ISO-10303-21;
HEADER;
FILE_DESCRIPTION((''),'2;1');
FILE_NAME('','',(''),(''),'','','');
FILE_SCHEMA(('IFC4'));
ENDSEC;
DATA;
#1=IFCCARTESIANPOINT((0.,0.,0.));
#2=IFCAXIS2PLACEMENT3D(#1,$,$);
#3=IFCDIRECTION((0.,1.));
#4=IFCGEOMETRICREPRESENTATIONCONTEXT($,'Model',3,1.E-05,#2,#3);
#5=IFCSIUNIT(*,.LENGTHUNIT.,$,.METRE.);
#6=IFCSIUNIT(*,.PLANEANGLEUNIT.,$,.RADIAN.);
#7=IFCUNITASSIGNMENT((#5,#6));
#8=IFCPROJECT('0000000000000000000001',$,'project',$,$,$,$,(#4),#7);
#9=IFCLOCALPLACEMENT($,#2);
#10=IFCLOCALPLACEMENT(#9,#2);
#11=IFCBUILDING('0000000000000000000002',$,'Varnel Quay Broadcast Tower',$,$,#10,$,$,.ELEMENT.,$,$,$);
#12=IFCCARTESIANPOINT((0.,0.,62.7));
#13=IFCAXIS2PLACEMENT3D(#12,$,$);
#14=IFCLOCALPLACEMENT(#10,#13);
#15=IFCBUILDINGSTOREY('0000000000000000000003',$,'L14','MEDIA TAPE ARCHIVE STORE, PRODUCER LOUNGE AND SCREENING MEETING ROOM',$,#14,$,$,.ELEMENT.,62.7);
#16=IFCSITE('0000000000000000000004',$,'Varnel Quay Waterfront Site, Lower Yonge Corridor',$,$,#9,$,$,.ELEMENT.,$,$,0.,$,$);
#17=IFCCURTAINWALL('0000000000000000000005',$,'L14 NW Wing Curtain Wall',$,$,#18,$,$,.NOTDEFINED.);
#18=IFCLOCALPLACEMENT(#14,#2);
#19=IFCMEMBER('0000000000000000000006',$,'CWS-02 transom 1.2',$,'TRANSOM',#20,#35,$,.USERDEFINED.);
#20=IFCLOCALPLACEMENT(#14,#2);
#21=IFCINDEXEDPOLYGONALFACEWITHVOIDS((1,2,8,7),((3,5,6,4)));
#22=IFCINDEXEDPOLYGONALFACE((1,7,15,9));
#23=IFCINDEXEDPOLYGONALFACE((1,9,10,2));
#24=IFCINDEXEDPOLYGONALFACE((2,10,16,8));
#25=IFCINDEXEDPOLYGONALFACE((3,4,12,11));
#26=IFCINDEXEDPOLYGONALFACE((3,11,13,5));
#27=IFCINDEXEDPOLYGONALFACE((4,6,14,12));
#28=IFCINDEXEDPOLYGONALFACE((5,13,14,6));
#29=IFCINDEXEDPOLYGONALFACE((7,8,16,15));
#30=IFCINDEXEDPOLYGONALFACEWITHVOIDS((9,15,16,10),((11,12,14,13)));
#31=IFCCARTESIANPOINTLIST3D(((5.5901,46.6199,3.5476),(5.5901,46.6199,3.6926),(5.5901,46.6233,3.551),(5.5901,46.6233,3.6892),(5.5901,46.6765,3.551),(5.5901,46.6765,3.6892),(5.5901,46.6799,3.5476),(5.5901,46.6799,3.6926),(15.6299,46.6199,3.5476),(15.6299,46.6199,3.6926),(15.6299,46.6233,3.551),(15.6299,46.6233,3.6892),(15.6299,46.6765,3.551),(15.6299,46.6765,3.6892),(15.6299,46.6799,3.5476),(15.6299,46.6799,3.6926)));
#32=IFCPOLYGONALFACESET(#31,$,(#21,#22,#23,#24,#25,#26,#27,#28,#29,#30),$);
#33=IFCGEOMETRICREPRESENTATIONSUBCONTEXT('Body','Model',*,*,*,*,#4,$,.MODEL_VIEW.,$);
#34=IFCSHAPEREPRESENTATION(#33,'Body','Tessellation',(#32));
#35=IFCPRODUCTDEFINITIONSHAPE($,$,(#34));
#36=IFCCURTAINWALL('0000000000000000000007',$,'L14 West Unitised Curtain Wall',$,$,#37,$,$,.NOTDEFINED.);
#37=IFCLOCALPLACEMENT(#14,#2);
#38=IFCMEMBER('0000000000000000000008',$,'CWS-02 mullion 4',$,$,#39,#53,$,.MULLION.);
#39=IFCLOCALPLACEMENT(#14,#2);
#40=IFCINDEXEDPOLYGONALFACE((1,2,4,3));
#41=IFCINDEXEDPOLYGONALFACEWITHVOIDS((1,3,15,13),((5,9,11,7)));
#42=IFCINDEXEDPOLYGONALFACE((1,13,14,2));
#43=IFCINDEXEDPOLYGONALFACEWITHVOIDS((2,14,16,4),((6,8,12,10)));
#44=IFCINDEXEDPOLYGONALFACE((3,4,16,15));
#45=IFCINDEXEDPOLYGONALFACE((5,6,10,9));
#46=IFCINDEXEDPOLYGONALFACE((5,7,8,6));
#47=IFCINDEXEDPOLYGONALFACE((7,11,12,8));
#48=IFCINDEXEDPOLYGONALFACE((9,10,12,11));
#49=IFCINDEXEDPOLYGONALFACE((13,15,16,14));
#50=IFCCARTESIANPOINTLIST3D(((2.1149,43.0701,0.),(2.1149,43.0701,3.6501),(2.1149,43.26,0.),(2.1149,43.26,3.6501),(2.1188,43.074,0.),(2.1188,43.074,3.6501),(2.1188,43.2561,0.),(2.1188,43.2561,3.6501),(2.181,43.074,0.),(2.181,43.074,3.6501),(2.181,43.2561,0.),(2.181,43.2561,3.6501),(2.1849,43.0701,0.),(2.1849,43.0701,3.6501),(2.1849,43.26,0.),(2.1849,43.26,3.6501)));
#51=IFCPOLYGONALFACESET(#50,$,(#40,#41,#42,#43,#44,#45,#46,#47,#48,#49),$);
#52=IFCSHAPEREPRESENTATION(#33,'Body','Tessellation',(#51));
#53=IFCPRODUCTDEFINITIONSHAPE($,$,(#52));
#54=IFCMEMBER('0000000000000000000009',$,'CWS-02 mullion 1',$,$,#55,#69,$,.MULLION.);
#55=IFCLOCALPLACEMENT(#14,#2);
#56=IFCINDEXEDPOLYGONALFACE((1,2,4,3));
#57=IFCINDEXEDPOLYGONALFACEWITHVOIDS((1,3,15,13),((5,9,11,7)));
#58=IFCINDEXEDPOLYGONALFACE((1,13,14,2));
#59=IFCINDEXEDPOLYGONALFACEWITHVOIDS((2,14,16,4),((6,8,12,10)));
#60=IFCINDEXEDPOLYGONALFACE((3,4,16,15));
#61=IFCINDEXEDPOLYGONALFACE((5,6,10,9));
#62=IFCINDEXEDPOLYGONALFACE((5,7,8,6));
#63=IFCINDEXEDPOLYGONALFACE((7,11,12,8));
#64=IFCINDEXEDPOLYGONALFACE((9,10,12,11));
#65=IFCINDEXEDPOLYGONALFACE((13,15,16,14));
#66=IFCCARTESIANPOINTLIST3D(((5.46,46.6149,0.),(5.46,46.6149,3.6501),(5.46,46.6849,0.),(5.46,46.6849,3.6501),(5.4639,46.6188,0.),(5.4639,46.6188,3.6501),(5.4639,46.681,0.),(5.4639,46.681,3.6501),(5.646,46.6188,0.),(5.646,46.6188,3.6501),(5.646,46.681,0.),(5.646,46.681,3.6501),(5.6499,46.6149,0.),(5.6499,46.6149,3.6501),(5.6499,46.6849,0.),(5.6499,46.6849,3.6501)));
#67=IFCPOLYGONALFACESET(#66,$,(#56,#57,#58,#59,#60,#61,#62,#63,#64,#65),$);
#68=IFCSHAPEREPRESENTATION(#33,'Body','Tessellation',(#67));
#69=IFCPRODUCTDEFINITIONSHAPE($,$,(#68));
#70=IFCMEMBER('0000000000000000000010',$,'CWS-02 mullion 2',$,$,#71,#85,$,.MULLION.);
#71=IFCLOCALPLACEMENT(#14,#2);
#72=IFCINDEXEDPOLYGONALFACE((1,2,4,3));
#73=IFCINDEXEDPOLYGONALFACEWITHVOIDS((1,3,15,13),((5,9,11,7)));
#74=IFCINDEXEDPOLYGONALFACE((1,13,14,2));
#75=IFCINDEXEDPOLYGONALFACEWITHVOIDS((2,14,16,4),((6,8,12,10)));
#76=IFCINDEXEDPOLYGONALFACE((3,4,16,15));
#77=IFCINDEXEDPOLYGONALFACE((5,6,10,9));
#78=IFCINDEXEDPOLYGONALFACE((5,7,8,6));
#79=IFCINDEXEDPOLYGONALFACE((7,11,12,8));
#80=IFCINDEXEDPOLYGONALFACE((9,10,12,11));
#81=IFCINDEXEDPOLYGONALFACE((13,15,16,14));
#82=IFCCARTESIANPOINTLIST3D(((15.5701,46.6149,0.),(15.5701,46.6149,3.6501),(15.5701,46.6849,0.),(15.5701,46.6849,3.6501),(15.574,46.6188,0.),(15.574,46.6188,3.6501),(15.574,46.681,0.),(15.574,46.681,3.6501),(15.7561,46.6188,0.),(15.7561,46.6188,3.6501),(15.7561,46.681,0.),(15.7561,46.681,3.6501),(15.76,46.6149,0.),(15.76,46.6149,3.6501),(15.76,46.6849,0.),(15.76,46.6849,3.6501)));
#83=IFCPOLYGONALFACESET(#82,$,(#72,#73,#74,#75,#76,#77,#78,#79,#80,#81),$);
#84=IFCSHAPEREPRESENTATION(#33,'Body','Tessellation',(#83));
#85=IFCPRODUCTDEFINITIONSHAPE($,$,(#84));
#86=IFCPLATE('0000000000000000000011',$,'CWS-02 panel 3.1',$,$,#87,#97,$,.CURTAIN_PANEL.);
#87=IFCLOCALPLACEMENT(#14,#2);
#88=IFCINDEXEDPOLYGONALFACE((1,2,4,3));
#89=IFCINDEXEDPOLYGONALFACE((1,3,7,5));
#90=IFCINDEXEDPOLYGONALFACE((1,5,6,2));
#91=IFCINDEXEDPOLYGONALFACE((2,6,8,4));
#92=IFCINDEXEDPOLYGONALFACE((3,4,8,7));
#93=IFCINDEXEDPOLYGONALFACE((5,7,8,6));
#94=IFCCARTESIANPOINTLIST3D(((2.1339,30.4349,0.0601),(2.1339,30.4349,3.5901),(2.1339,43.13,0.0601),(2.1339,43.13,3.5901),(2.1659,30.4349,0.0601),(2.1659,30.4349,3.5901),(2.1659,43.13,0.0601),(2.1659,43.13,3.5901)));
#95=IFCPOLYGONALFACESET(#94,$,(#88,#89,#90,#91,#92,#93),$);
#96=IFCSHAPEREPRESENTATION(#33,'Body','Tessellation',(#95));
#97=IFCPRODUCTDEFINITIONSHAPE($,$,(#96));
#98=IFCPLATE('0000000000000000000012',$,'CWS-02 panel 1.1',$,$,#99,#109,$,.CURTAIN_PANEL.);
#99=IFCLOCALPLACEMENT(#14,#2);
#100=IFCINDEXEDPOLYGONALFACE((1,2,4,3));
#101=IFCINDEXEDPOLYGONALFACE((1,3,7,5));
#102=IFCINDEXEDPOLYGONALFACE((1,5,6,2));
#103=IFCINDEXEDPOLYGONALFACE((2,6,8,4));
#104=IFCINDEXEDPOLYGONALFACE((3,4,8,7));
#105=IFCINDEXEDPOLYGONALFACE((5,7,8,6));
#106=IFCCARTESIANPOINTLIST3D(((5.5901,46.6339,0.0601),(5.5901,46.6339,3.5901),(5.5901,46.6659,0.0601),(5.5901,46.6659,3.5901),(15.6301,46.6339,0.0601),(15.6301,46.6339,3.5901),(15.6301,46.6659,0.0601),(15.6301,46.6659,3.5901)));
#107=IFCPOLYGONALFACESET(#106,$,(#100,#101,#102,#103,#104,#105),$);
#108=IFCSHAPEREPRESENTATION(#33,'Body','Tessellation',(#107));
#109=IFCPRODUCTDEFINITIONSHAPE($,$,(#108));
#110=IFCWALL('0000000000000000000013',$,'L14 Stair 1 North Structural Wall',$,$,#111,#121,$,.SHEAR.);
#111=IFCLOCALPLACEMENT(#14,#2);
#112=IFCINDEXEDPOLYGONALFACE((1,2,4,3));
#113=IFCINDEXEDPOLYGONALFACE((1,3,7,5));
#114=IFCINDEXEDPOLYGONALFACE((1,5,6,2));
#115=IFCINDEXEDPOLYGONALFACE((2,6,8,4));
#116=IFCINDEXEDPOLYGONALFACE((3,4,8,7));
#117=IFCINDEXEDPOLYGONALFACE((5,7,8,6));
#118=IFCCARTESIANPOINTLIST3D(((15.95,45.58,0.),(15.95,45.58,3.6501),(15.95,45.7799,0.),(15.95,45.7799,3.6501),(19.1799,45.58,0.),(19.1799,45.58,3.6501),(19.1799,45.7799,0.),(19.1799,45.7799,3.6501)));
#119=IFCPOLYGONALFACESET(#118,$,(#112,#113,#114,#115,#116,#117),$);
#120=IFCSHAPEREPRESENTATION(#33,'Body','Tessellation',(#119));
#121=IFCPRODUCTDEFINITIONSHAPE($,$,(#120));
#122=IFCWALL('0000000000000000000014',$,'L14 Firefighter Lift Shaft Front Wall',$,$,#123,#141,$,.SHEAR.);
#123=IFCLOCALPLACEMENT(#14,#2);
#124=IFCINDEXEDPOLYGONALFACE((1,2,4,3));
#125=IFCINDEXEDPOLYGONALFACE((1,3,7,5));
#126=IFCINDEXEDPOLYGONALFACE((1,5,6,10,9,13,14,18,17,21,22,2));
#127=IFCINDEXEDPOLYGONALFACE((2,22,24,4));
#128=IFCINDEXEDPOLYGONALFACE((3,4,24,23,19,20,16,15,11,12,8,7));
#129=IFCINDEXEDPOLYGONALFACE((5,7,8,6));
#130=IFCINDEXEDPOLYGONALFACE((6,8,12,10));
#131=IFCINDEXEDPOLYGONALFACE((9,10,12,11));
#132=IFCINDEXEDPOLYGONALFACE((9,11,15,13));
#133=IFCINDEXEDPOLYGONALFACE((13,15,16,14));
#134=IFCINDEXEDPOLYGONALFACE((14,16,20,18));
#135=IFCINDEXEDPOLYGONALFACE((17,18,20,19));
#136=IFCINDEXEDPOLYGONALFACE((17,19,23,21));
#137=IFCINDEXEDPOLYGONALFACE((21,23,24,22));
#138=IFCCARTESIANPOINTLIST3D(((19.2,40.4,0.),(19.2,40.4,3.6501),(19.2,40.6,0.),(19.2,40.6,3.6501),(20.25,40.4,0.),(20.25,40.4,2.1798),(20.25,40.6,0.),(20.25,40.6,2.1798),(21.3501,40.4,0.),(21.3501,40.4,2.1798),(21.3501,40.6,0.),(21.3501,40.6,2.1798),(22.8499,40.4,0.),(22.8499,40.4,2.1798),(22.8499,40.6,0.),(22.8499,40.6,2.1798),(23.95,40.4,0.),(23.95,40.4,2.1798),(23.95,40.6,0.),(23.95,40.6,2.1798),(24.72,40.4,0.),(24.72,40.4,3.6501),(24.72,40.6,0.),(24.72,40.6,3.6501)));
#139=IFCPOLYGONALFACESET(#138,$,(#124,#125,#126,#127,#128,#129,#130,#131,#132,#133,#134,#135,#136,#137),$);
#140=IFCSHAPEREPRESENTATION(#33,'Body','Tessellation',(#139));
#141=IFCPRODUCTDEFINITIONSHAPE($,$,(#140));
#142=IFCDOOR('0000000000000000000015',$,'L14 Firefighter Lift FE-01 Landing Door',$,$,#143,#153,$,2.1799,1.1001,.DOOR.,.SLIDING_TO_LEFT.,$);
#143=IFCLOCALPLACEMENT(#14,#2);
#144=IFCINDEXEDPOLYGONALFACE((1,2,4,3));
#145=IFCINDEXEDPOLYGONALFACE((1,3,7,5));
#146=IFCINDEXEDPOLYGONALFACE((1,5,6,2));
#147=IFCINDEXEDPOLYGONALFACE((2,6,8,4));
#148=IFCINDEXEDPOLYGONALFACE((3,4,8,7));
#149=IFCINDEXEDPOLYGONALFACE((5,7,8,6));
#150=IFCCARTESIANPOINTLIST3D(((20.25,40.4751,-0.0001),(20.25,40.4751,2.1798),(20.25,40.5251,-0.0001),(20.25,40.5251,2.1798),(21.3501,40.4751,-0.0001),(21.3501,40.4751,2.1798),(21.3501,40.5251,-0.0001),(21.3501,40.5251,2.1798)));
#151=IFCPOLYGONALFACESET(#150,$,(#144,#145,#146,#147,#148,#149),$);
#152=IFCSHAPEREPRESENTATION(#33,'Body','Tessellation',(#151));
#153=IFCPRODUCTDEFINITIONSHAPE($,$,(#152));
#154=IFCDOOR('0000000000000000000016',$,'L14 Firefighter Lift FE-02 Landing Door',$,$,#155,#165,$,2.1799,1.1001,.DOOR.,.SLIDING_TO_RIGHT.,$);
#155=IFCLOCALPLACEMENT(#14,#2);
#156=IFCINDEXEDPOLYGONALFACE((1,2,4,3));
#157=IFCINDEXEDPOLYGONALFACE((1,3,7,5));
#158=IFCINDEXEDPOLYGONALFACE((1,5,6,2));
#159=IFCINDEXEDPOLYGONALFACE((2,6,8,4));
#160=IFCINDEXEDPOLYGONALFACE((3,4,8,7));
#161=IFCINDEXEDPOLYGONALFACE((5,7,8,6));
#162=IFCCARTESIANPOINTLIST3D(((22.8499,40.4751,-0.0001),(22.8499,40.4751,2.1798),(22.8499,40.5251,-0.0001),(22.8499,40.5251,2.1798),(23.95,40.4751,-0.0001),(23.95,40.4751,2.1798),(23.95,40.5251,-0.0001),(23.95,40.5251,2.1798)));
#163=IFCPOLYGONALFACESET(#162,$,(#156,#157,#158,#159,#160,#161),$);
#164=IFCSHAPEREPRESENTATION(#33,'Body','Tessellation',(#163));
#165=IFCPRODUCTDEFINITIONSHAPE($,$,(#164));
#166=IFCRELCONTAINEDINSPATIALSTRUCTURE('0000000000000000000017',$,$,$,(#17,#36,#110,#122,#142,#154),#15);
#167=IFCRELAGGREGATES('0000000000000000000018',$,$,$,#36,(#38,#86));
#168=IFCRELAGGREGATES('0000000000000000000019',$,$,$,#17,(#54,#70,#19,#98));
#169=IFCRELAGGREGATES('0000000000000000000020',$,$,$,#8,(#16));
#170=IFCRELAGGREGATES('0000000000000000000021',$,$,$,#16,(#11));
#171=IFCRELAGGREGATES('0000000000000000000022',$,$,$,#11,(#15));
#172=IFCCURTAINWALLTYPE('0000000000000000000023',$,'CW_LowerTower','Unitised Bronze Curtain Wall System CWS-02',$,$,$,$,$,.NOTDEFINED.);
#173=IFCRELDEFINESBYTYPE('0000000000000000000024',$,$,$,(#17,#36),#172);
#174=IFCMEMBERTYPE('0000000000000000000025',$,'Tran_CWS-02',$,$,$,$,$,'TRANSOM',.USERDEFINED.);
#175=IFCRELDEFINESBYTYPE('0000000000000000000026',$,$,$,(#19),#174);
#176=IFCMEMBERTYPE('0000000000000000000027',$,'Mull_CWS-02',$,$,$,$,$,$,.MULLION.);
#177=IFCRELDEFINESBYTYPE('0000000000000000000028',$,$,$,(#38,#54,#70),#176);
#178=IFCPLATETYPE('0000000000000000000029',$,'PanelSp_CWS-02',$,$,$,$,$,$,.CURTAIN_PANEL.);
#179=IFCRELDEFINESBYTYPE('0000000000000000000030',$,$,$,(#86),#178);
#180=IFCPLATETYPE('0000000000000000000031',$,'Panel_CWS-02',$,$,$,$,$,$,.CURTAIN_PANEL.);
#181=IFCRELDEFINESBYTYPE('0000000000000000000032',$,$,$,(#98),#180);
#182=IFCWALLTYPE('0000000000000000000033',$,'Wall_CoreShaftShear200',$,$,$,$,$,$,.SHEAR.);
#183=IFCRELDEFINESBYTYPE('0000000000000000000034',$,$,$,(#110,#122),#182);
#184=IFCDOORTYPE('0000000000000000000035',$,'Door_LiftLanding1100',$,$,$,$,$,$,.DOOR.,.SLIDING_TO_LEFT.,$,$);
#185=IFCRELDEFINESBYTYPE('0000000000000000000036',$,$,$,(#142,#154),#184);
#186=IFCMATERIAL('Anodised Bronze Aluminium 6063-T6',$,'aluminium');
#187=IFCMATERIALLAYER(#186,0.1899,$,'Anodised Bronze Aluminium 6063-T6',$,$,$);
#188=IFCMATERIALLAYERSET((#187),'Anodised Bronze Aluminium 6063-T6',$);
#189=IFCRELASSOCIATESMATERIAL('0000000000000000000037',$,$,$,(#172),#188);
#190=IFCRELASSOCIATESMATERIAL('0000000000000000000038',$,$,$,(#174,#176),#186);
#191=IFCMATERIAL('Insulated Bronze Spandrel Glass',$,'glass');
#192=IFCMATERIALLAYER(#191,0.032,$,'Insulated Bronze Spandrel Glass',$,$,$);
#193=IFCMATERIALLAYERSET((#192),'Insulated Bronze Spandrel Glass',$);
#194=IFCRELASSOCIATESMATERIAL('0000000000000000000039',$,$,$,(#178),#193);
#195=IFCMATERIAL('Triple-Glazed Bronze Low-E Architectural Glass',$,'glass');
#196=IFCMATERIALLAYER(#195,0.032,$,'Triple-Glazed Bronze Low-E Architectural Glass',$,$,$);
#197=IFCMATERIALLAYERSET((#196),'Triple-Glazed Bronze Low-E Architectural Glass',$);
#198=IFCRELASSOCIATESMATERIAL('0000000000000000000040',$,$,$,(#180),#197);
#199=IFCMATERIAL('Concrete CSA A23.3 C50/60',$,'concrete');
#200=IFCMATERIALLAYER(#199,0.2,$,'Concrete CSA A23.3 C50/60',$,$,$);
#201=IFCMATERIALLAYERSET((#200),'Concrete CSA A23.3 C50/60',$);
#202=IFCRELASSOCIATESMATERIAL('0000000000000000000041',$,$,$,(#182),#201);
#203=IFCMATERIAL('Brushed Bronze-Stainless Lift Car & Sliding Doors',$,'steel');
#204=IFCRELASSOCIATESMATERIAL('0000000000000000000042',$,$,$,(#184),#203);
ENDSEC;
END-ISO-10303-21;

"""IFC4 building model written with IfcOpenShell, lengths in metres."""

from ifc_helpers import new_model, si_unit, direction, frame, frame_2d, origin, origin_2d, place, context, subcontext, project, spatial, rectangle, hollow_rectangle, extrude, source, transform, mapped, material, layer, layer_set, material_profile, profile_set, type_object, type_shapes, element, fill, aggregate, save


model = new_model("IFC4")

# Units and contexts
model_context = context("Model", 3, precision=1e-05, world=origin(), true_north=direction((0.0, 1.0)))
body_context = subcontext(model_context, "Body", "Model", "MODEL_VIEW")
ifc_project = project(units=[si_unit("LENGTHUNIT", "METRE"), si_unit("PLANEANGLEUNIT", "RADIAN")], contexts=[model_context])

# Site, building, storey
site_placement = place(None, origin())
site = spatial("IfcSite", under=ifc_project, at=site_placement, Name="Varnel Quay Waterfront Site, Lower Yonge Corridor", CompositionType="ELEMENT", RefElevation=0.0)
building_placement = place(site_placement, origin())
building = spatial("IfcBuilding", under=site, at=building_placement, Name="Varnel Quay Broadcast Tower", CompositionType="ELEMENT")
storey_placement = place(building_placement, frame((0.0, 0.0, 62.7)))
storey = spatial("IfcBuildingStorey", under=building, at=storey_placement, Name="L14", Description="MEDIA TAPE ARCHIVE STORE, PRODUCER LOUNGE AND SCREENING MEETING ROOM", CompositionType="ELEMENT", Elevation=62.7)

# Curtain wall, member
ifc_material_1 = material(Name="Anodised Bronze Aluminium 6063-T6", Category="aluminium")
ifc_layer_1 = layer(ifc_material_1, 0.1899, Name="Anodised Bronze Aluminium 6063-T6")
ifc_layer_set_1 = layer_set([ifc_layer_1], Name="Anodised Bronze Aluminium 6063-T6")
curtain_wall_type = type_object("IfcCurtainWallType", Name="CW_LowerTower", Description="Unitised Bronze Curtain Wall System CWS-02", PredefinedType="NOTDEFINED", material=ifc_layer_set_1)
curtain_wall_1_placement = place(storey_placement, origin())
curtain_wall_1 = element("IfcCurtainWall", 1, at=curtain_wall_1_placement, inside=storey, type_object=curtain_wall_type, Name="L14 NW Wing Curtain Wall", PredefinedType="NOTDEFINED")
ifc_material_profile_1 = material_profile(ifc_material_1, hollow_rectangle(XDim=0.0601, YDim=0.145, WallThickness=0.0034, at=origin_2d()), Name="ALU60X145X3.5")
ifc_profile_set_1 = profile_set([ifc_material_profile_1], Name="Anodised Bronze Aluminium 6063-T6")
member_type_1 = type_object("IfcMemberType", Name="Tran_CWS-02", ElementType="TRANSOM", PredefinedType="USERDEFINED", material=ifc_profile_set_1)
shared_shape_1 = source(origin(), body_context, "Body", "SweptSolid", [
    extrude(hollow_rectangle(XDim=0.0601, YDim=0.145, WallThickness=0.0034, at=origin_2d()), origin(), (0.0, 0.0, 1.0), 10.0398),
])
type_shapes(member_type_1, [shared_shape_1])
member_1_placement = place(storey_placement, frame((5.5901, 46.6499, 3.6201), z_axis=(1.0, 0.0, 0.0), x_axis=(0.0, 1.0, 0.0)))
member_1 = element("IfcMember", 2, at=member_1_placement, type_object=member_type_1, Name="CWS-02 transom 1.2", ObjectType="TRANSOM", PredefinedType="USERDEFINED", context=body_context, shape_type="MappedRepresentation", body=[
    mapped(shared_shape_1, transform((0.0, 0.0, 0.0), x_axis=(1.0, 0.0, 0.0), y_axis=(0.0, 1.0, 0.0), z_axis=(0.0, 0.0, 1.0), scale=1.0)),
])

# Curtain wall, member
curtain_wall_2_placement = place(storey_placement, origin())
curtain_wall_2 = element("IfcCurtainWall", 3, at=curtain_wall_2_placement, inside=storey, type_object=curtain_wall_type, Name="L14 West Unitised Curtain Wall", PredefinedType="NOTDEFINED")
ifc_material_profile_2 = material_profile(ifc_material_1, hollow_rectangle(XDim=0.0701, YDim=0.1899, WallThickness=0.0039, at=origin_2d()), Name="ALU70X190X4")
ifc_profile_set_2 = profile_set([ifc_material_profile_2], Name="Anodised Bronze Aluminium 6063-T6")
member_type_2 = type_object("IfcMemberType", Name="Mull_CWS-02", PredefinedType="MULLION", material=ifc_profile_set_2)
shared_shape_2 = source(origin(), body_context, "Body", "SweptSolid", [
    extrude(hollow_rectangle(XDim=0.0701, YDim=0.1899, WallThickness=0.0039, at=origin_2d()), origin(), (0.0, 0.0, 1.0), 3.6501),
])
type_shapes(member_type_2, [shared_shape_2])
member_2_placement = place(storey_placement, frame((2.1499, 43.165, 0.0), z_axis=(0.0, 0.0, 1.0), x_axis=(-1.0, 0.0, 0.0)))
member_2 = element("IfcMember", 4, at=member_2_placement, type_object=member_type_2, Name="CWS-02 mullion 4", PredefinedType="MULLION", context=body_context, shape_type="MappedRepresentation", body=[
    mapped(shared_shape_2, transform((0.0, 0.0, 0.0), x_axis=(1.0, 0.0, 0.0), y_axis=(0.0, 1.0, 0.0), z_axis=(0.0, 0.0, 1.0), scale=1.0)),
])

# Members
member_3_placement = place(storey_placement, frame((5.5549, 46.6499, 0.0), z_axis=(0.0, 0.0, 1.0), x_axis=(0.0, 1.0, 0.0)))
member_3 = element("IfcMember", 5, at=member_3_placement, type_object=member_type_2, Name="CWS-02 mullion 1", PredefinedType="MULLION", context=body_context, shape_type="MappedRepresentation", body=[
    mapped(shared_shape_2, transform((0.0, 0.0, 0.0), x_axis=(1.0, 0.0, 0.0), y_axis=(0.0, 1.0, 0.0), z_axis=(0.0, 0.0, 1.0), scale=1.0)),
])
member_4_placement = place(storey_placement, frame((15.665, 46.6499, 0.0), z_axis=(0.0, 0.0, 1.0), x_axis=(0.0, 1.0, 0.0)))
member_4 = element("IfcMember", 6, at=member_4_placement, type_object=member_type_2, Name="CWS-02 mullion 2", PredefinedType="MULLION", context=body_context, shape_type="MappedRepresentation", body=[
    mapped(shared_shape_2, transform((0.0, 0.0, 0.0), x_axis=(1.0, 0.0, 0.0), y_axis=(0.0, 1.0, 0.0), z_axis=(0.0, 0.0, 1.0), scale=1.0)),
])

# Plates
ifc_material_2 = material(Name="Insulated Bronze Spandrel Glass", Category="glass")
ifc_layer_2 = layer(ifc_material_2, 0.032, Name="Insulated Bronze Spandrel Glass")
ifc_layer_set_2 = layer_set([ifc_layer_2], Name="Insulated Bronze Spandrel Glass")
plate_type_1 = type_object("IfcPlateType", Name="PanelSp_CWS-02", PredefinedType="CURTAIN_PANEL", material=ifc_layer_set_2)
shared_shape_3 = source(origin(), body_context, "Body", "SweptSolid", [
    extrude(rectangle(XDim=12.6951, YDim=0.032, at=origin_2d()), origin(), (0.0, 0.0, 1.0), 3.53),
])
type_shapes(plate_type_1, [shared_shape_3])
plate_1_placement = place(storey_placement, frame((2.1499, 36.7825, 0.0601), z_axis=(0.0, 0.0, 1.0), x_axis=(0.0, 1.0, 0.0)))
plate_1 = element("IfcPlate", 7, at=plate_1_placement, type_object=plate_type_1, Name="CWS-02 panel 3.1", PredefinedType="CURTAIN_PANEL", context=body_context, shape_type="MappedRepresentation", body=[
    mapped(shared_shape_3, transform((0.0, 0.0, 0.0), x_axis=(1.0, 0.0, 0.0), y_axis=(0.0, 1.0, 0.0), z_axis=(0.0, 0.0, 1.0), scale=1.0)),
])
aggregate(curtain_wall_2, [member_2, plate_1])
ifc_material_3 = material(Name="Triple-Glazed Bronze Low-E Architectural Glass", Category="glass")
ifc_layer_3 = layer(ifc_material_3, 0.032, Name="Triple-Glazed Bronze Low-E Architectural Glass")
ifc_layer_set_3 = layer_set([ifc_layer_3], Name="Triple-Glazed Bronze Low-E Architectural Glass")
plate_type_2 = type_object("IfcPlateType", Name="Panel_CWS-02", PredefinedType="CURTAIN_PANEL", material=ifc_layer_set_3)
shared_shape_4 = source(origin(), body_context, "Body", "SweptSolid", [
    extrude(rectangle(XDim=10.04, YDim=0.032, at=origin_2d()), origin(), (0.0, 0.0, 1.0), 3.53),
])
type_shapes(plate_type_2, [shared_shape_4])
plate_2_placement = place(storey_placement, frame((10.6101, 46.6499, 0.0601), z_axis=(0.0, 0.0, 1.0), x_axis=(1.0, 0.0, 0.0)))
plate_2 = element("IfcPlate", 8, at=plate_2_placement, type_object=plate_type_2, Name="CWS-02 panel 1.1", PredefinedType="CURTAIN_PANEL", context=body_context, shape_type="MappedRepresentation", body=[
    mapped(shared_shape_4, transform((0.0, 0.0, 0.0), x_axis=(1.0, 0.0, 0.0), y_axis=(0.0, 1.0, 0.0), z_axis=(0.0, 0.0, 1.0), scale=1.0)),
])
aggregate(curtain_wall_1, [member_3, member_4, member_1, plate_2])

# Wall
ifc_material_4 = material(Name="Concrete CSA A23.3 C50/60", Category="concrete")
ifc_layer_4 = layer(ifc_material_4, 0.2, Name="Concrete CSA A23.3 C50/60")
ifc_layer_set_4 = layer_set([ifc_layer_4], Name="Concrete CSA A23.3 C50/60")
wall_type_1 = type_object("IfcWallType", Name="Wall_CoreShaftShear200", PredefinedType="SHEAR", material=ifc_layer_set_4)
wall_1_placement = place(storey_placement, frame((15.95, 45.6799, 0.0), z_axis=(0.0, 0.0, 1.0), x_axis=(1.0, 0.0, 0.0)))
element("IfcWall", 9, at=wall_1_placement, inside=storey, type_object=wall_type_1, Name="L14 Stair 1 North Structural Wall", PredefinedType="SHEAR", context=body_context, shape_type="SweptSolid", body=[
    extrude(rectangle(XDim=3.23, YDim=0.2, at=frame_2d((1.615, 0.0))), origin(), (0.0, 0.0, 1.0), 3.6501),
])

# Wall, openings, doors
wall_2_placement = place(storey_placement, frame((19.2, 40.5, 0.0), z_axis=(0.0, 0.0, 1.0), x_axis=(1.0, 0.0, 0.0)))
wall_2 = element("IfcWall", 10, at=wall_2_placement, inside=storey, type_object=wall_type_1, Name="L14 Firefighter Lift Shaft Front Wall", PredefinedType="SHEAR", context=body_context, shape_type="SweptSolid", body=[
    extrude(rectangle(XDim=5.52, YDim=0.2, at=frame_2d((2.76, 0.0))), origin(), (0.0, 0.0, 1.0), 3.6501),
])
opening_1_placement = place(wall_2_placement, frame((1.05, 0.0, 0.0)))
opening_1 = element("IfcOpeningElement", 11, at=opening_1_placement, cuts=wall_2, PredefinedType="OPENING", context=body_context, shape_type="SweptSolid", body=[
    extrude(rectangle(XDim=1.1001, YDim=2.1799, at=frame_2d((0.55, 1.0898))), frame((0.0, 0.1099, 0.0), z_axis=(0.0, -1.0, 0.0), x_axis=(1.0, 0.0, 0.0)), (0.0, 0.0, 1.0), 0.22),
])
opening_2_placement = place(wall_2_placement, frame((3.6499, 0.0, 0.0)))
opening_2 = element("IfcOpeningElement", 12, at=opening_2_placement, cuts=wall_2, PredefinedType="OPENING", context=body_context, shape_type="SweptSolid", body=[
    extrude(rectangle(XDim=1.1001, YDim=2.1799, at=frame_2d((0.55, 1.0898))), frame((0.0, 0.1099, 0.0), z_axis=(0.0, -1.0, 0.0), x_axis=(1.0, 0.0, 0.0)), (0.0, 0.0, 1.0), 0.22),
])
ifc_material_5 = material(Name="Brushed Bronze-Stainless Lift Car & Sliding Doors", Category="steel")
door_type = type_object("IfcDoorType", Name="Door_LiftLanding1100", OperationType="SLIDING_TO_LEFT", PredefinedType="DOOR", material=ifc_material_5)
shared_shape_5 = source(origin(), body_context, "Body", "SweptSolid", [
    extrude(rectangle(XDim=1.1001, YDim=2.1799, at=frame_2d((0.55, 1.0898))), frame((0.0, 0.0249, 0.0), z_axis=(0.0, -1.0, 0.0), x_axis=(1.0, 0.0, 0.0)), (0.0, 0.0, 1.0), 0.05),
])
type_shapes(door_type, [shared_shape_5])
door_1_placement = place(opening_1_placement, frame((1.1001, 0.0, 0.0), z_axis=(0.0, 0.0, 1.0), x_axis=(-1.0, 0.0, 0.0)))
door_1 = element("IfcDoor", 13, at=door_1_placement, inside=storey, type_object=door_type, Name="L14 Firefighter Lift FE-01 Landing Door", OperationType="SLIDING_TO_LEFT", OverallHeight=2.1799, OverallWidth=1.1001, PredefinedType="DOOR", context=body_context, shape_type="MappedRepresentation", body=[
    mapped(shared_shape_5, transform((0.0, 0.0, 0.0), x_axis=(1.0, 0.0, 0.0), y_axis=(0.0, 1.0, 0.0), z_axis=(0.0, 0.0, 1.0), scale=1.0)),
])
fill(opening_1, door_1)
door_2_placement = place(opening_2_placement, frame((1.1001, 0.0, 0.0), z_axis=(0.0, 0.0, 1.0), x_axis=(-1.0, 0.0, 0.0)))
door_2 = element("IfcDoor", 14, at=door_2_placement, inside=storey, type_object=door_type, Name="L14 Firefighter Lift FE-02 Landing Door", OperationType="SLIDING_TO_RIGHT", OverallHeight=2.1799, OverallWidth=1.1001, PredefinedType="DOOR", context=body_context, shape_type="MappedRepresentation", body=[
    mapped(shared_shape_5, transform((0.0, 0.0, 0.0), x_axis=(1.0, 0.0, 0.0), y_axis=(0.0, 1.0, 0.0), z_axis=(0.0, 0.0, 1.0), scale=1.0)),
])
fill(opening_2, door_2)

save(model, "model.ifc")
